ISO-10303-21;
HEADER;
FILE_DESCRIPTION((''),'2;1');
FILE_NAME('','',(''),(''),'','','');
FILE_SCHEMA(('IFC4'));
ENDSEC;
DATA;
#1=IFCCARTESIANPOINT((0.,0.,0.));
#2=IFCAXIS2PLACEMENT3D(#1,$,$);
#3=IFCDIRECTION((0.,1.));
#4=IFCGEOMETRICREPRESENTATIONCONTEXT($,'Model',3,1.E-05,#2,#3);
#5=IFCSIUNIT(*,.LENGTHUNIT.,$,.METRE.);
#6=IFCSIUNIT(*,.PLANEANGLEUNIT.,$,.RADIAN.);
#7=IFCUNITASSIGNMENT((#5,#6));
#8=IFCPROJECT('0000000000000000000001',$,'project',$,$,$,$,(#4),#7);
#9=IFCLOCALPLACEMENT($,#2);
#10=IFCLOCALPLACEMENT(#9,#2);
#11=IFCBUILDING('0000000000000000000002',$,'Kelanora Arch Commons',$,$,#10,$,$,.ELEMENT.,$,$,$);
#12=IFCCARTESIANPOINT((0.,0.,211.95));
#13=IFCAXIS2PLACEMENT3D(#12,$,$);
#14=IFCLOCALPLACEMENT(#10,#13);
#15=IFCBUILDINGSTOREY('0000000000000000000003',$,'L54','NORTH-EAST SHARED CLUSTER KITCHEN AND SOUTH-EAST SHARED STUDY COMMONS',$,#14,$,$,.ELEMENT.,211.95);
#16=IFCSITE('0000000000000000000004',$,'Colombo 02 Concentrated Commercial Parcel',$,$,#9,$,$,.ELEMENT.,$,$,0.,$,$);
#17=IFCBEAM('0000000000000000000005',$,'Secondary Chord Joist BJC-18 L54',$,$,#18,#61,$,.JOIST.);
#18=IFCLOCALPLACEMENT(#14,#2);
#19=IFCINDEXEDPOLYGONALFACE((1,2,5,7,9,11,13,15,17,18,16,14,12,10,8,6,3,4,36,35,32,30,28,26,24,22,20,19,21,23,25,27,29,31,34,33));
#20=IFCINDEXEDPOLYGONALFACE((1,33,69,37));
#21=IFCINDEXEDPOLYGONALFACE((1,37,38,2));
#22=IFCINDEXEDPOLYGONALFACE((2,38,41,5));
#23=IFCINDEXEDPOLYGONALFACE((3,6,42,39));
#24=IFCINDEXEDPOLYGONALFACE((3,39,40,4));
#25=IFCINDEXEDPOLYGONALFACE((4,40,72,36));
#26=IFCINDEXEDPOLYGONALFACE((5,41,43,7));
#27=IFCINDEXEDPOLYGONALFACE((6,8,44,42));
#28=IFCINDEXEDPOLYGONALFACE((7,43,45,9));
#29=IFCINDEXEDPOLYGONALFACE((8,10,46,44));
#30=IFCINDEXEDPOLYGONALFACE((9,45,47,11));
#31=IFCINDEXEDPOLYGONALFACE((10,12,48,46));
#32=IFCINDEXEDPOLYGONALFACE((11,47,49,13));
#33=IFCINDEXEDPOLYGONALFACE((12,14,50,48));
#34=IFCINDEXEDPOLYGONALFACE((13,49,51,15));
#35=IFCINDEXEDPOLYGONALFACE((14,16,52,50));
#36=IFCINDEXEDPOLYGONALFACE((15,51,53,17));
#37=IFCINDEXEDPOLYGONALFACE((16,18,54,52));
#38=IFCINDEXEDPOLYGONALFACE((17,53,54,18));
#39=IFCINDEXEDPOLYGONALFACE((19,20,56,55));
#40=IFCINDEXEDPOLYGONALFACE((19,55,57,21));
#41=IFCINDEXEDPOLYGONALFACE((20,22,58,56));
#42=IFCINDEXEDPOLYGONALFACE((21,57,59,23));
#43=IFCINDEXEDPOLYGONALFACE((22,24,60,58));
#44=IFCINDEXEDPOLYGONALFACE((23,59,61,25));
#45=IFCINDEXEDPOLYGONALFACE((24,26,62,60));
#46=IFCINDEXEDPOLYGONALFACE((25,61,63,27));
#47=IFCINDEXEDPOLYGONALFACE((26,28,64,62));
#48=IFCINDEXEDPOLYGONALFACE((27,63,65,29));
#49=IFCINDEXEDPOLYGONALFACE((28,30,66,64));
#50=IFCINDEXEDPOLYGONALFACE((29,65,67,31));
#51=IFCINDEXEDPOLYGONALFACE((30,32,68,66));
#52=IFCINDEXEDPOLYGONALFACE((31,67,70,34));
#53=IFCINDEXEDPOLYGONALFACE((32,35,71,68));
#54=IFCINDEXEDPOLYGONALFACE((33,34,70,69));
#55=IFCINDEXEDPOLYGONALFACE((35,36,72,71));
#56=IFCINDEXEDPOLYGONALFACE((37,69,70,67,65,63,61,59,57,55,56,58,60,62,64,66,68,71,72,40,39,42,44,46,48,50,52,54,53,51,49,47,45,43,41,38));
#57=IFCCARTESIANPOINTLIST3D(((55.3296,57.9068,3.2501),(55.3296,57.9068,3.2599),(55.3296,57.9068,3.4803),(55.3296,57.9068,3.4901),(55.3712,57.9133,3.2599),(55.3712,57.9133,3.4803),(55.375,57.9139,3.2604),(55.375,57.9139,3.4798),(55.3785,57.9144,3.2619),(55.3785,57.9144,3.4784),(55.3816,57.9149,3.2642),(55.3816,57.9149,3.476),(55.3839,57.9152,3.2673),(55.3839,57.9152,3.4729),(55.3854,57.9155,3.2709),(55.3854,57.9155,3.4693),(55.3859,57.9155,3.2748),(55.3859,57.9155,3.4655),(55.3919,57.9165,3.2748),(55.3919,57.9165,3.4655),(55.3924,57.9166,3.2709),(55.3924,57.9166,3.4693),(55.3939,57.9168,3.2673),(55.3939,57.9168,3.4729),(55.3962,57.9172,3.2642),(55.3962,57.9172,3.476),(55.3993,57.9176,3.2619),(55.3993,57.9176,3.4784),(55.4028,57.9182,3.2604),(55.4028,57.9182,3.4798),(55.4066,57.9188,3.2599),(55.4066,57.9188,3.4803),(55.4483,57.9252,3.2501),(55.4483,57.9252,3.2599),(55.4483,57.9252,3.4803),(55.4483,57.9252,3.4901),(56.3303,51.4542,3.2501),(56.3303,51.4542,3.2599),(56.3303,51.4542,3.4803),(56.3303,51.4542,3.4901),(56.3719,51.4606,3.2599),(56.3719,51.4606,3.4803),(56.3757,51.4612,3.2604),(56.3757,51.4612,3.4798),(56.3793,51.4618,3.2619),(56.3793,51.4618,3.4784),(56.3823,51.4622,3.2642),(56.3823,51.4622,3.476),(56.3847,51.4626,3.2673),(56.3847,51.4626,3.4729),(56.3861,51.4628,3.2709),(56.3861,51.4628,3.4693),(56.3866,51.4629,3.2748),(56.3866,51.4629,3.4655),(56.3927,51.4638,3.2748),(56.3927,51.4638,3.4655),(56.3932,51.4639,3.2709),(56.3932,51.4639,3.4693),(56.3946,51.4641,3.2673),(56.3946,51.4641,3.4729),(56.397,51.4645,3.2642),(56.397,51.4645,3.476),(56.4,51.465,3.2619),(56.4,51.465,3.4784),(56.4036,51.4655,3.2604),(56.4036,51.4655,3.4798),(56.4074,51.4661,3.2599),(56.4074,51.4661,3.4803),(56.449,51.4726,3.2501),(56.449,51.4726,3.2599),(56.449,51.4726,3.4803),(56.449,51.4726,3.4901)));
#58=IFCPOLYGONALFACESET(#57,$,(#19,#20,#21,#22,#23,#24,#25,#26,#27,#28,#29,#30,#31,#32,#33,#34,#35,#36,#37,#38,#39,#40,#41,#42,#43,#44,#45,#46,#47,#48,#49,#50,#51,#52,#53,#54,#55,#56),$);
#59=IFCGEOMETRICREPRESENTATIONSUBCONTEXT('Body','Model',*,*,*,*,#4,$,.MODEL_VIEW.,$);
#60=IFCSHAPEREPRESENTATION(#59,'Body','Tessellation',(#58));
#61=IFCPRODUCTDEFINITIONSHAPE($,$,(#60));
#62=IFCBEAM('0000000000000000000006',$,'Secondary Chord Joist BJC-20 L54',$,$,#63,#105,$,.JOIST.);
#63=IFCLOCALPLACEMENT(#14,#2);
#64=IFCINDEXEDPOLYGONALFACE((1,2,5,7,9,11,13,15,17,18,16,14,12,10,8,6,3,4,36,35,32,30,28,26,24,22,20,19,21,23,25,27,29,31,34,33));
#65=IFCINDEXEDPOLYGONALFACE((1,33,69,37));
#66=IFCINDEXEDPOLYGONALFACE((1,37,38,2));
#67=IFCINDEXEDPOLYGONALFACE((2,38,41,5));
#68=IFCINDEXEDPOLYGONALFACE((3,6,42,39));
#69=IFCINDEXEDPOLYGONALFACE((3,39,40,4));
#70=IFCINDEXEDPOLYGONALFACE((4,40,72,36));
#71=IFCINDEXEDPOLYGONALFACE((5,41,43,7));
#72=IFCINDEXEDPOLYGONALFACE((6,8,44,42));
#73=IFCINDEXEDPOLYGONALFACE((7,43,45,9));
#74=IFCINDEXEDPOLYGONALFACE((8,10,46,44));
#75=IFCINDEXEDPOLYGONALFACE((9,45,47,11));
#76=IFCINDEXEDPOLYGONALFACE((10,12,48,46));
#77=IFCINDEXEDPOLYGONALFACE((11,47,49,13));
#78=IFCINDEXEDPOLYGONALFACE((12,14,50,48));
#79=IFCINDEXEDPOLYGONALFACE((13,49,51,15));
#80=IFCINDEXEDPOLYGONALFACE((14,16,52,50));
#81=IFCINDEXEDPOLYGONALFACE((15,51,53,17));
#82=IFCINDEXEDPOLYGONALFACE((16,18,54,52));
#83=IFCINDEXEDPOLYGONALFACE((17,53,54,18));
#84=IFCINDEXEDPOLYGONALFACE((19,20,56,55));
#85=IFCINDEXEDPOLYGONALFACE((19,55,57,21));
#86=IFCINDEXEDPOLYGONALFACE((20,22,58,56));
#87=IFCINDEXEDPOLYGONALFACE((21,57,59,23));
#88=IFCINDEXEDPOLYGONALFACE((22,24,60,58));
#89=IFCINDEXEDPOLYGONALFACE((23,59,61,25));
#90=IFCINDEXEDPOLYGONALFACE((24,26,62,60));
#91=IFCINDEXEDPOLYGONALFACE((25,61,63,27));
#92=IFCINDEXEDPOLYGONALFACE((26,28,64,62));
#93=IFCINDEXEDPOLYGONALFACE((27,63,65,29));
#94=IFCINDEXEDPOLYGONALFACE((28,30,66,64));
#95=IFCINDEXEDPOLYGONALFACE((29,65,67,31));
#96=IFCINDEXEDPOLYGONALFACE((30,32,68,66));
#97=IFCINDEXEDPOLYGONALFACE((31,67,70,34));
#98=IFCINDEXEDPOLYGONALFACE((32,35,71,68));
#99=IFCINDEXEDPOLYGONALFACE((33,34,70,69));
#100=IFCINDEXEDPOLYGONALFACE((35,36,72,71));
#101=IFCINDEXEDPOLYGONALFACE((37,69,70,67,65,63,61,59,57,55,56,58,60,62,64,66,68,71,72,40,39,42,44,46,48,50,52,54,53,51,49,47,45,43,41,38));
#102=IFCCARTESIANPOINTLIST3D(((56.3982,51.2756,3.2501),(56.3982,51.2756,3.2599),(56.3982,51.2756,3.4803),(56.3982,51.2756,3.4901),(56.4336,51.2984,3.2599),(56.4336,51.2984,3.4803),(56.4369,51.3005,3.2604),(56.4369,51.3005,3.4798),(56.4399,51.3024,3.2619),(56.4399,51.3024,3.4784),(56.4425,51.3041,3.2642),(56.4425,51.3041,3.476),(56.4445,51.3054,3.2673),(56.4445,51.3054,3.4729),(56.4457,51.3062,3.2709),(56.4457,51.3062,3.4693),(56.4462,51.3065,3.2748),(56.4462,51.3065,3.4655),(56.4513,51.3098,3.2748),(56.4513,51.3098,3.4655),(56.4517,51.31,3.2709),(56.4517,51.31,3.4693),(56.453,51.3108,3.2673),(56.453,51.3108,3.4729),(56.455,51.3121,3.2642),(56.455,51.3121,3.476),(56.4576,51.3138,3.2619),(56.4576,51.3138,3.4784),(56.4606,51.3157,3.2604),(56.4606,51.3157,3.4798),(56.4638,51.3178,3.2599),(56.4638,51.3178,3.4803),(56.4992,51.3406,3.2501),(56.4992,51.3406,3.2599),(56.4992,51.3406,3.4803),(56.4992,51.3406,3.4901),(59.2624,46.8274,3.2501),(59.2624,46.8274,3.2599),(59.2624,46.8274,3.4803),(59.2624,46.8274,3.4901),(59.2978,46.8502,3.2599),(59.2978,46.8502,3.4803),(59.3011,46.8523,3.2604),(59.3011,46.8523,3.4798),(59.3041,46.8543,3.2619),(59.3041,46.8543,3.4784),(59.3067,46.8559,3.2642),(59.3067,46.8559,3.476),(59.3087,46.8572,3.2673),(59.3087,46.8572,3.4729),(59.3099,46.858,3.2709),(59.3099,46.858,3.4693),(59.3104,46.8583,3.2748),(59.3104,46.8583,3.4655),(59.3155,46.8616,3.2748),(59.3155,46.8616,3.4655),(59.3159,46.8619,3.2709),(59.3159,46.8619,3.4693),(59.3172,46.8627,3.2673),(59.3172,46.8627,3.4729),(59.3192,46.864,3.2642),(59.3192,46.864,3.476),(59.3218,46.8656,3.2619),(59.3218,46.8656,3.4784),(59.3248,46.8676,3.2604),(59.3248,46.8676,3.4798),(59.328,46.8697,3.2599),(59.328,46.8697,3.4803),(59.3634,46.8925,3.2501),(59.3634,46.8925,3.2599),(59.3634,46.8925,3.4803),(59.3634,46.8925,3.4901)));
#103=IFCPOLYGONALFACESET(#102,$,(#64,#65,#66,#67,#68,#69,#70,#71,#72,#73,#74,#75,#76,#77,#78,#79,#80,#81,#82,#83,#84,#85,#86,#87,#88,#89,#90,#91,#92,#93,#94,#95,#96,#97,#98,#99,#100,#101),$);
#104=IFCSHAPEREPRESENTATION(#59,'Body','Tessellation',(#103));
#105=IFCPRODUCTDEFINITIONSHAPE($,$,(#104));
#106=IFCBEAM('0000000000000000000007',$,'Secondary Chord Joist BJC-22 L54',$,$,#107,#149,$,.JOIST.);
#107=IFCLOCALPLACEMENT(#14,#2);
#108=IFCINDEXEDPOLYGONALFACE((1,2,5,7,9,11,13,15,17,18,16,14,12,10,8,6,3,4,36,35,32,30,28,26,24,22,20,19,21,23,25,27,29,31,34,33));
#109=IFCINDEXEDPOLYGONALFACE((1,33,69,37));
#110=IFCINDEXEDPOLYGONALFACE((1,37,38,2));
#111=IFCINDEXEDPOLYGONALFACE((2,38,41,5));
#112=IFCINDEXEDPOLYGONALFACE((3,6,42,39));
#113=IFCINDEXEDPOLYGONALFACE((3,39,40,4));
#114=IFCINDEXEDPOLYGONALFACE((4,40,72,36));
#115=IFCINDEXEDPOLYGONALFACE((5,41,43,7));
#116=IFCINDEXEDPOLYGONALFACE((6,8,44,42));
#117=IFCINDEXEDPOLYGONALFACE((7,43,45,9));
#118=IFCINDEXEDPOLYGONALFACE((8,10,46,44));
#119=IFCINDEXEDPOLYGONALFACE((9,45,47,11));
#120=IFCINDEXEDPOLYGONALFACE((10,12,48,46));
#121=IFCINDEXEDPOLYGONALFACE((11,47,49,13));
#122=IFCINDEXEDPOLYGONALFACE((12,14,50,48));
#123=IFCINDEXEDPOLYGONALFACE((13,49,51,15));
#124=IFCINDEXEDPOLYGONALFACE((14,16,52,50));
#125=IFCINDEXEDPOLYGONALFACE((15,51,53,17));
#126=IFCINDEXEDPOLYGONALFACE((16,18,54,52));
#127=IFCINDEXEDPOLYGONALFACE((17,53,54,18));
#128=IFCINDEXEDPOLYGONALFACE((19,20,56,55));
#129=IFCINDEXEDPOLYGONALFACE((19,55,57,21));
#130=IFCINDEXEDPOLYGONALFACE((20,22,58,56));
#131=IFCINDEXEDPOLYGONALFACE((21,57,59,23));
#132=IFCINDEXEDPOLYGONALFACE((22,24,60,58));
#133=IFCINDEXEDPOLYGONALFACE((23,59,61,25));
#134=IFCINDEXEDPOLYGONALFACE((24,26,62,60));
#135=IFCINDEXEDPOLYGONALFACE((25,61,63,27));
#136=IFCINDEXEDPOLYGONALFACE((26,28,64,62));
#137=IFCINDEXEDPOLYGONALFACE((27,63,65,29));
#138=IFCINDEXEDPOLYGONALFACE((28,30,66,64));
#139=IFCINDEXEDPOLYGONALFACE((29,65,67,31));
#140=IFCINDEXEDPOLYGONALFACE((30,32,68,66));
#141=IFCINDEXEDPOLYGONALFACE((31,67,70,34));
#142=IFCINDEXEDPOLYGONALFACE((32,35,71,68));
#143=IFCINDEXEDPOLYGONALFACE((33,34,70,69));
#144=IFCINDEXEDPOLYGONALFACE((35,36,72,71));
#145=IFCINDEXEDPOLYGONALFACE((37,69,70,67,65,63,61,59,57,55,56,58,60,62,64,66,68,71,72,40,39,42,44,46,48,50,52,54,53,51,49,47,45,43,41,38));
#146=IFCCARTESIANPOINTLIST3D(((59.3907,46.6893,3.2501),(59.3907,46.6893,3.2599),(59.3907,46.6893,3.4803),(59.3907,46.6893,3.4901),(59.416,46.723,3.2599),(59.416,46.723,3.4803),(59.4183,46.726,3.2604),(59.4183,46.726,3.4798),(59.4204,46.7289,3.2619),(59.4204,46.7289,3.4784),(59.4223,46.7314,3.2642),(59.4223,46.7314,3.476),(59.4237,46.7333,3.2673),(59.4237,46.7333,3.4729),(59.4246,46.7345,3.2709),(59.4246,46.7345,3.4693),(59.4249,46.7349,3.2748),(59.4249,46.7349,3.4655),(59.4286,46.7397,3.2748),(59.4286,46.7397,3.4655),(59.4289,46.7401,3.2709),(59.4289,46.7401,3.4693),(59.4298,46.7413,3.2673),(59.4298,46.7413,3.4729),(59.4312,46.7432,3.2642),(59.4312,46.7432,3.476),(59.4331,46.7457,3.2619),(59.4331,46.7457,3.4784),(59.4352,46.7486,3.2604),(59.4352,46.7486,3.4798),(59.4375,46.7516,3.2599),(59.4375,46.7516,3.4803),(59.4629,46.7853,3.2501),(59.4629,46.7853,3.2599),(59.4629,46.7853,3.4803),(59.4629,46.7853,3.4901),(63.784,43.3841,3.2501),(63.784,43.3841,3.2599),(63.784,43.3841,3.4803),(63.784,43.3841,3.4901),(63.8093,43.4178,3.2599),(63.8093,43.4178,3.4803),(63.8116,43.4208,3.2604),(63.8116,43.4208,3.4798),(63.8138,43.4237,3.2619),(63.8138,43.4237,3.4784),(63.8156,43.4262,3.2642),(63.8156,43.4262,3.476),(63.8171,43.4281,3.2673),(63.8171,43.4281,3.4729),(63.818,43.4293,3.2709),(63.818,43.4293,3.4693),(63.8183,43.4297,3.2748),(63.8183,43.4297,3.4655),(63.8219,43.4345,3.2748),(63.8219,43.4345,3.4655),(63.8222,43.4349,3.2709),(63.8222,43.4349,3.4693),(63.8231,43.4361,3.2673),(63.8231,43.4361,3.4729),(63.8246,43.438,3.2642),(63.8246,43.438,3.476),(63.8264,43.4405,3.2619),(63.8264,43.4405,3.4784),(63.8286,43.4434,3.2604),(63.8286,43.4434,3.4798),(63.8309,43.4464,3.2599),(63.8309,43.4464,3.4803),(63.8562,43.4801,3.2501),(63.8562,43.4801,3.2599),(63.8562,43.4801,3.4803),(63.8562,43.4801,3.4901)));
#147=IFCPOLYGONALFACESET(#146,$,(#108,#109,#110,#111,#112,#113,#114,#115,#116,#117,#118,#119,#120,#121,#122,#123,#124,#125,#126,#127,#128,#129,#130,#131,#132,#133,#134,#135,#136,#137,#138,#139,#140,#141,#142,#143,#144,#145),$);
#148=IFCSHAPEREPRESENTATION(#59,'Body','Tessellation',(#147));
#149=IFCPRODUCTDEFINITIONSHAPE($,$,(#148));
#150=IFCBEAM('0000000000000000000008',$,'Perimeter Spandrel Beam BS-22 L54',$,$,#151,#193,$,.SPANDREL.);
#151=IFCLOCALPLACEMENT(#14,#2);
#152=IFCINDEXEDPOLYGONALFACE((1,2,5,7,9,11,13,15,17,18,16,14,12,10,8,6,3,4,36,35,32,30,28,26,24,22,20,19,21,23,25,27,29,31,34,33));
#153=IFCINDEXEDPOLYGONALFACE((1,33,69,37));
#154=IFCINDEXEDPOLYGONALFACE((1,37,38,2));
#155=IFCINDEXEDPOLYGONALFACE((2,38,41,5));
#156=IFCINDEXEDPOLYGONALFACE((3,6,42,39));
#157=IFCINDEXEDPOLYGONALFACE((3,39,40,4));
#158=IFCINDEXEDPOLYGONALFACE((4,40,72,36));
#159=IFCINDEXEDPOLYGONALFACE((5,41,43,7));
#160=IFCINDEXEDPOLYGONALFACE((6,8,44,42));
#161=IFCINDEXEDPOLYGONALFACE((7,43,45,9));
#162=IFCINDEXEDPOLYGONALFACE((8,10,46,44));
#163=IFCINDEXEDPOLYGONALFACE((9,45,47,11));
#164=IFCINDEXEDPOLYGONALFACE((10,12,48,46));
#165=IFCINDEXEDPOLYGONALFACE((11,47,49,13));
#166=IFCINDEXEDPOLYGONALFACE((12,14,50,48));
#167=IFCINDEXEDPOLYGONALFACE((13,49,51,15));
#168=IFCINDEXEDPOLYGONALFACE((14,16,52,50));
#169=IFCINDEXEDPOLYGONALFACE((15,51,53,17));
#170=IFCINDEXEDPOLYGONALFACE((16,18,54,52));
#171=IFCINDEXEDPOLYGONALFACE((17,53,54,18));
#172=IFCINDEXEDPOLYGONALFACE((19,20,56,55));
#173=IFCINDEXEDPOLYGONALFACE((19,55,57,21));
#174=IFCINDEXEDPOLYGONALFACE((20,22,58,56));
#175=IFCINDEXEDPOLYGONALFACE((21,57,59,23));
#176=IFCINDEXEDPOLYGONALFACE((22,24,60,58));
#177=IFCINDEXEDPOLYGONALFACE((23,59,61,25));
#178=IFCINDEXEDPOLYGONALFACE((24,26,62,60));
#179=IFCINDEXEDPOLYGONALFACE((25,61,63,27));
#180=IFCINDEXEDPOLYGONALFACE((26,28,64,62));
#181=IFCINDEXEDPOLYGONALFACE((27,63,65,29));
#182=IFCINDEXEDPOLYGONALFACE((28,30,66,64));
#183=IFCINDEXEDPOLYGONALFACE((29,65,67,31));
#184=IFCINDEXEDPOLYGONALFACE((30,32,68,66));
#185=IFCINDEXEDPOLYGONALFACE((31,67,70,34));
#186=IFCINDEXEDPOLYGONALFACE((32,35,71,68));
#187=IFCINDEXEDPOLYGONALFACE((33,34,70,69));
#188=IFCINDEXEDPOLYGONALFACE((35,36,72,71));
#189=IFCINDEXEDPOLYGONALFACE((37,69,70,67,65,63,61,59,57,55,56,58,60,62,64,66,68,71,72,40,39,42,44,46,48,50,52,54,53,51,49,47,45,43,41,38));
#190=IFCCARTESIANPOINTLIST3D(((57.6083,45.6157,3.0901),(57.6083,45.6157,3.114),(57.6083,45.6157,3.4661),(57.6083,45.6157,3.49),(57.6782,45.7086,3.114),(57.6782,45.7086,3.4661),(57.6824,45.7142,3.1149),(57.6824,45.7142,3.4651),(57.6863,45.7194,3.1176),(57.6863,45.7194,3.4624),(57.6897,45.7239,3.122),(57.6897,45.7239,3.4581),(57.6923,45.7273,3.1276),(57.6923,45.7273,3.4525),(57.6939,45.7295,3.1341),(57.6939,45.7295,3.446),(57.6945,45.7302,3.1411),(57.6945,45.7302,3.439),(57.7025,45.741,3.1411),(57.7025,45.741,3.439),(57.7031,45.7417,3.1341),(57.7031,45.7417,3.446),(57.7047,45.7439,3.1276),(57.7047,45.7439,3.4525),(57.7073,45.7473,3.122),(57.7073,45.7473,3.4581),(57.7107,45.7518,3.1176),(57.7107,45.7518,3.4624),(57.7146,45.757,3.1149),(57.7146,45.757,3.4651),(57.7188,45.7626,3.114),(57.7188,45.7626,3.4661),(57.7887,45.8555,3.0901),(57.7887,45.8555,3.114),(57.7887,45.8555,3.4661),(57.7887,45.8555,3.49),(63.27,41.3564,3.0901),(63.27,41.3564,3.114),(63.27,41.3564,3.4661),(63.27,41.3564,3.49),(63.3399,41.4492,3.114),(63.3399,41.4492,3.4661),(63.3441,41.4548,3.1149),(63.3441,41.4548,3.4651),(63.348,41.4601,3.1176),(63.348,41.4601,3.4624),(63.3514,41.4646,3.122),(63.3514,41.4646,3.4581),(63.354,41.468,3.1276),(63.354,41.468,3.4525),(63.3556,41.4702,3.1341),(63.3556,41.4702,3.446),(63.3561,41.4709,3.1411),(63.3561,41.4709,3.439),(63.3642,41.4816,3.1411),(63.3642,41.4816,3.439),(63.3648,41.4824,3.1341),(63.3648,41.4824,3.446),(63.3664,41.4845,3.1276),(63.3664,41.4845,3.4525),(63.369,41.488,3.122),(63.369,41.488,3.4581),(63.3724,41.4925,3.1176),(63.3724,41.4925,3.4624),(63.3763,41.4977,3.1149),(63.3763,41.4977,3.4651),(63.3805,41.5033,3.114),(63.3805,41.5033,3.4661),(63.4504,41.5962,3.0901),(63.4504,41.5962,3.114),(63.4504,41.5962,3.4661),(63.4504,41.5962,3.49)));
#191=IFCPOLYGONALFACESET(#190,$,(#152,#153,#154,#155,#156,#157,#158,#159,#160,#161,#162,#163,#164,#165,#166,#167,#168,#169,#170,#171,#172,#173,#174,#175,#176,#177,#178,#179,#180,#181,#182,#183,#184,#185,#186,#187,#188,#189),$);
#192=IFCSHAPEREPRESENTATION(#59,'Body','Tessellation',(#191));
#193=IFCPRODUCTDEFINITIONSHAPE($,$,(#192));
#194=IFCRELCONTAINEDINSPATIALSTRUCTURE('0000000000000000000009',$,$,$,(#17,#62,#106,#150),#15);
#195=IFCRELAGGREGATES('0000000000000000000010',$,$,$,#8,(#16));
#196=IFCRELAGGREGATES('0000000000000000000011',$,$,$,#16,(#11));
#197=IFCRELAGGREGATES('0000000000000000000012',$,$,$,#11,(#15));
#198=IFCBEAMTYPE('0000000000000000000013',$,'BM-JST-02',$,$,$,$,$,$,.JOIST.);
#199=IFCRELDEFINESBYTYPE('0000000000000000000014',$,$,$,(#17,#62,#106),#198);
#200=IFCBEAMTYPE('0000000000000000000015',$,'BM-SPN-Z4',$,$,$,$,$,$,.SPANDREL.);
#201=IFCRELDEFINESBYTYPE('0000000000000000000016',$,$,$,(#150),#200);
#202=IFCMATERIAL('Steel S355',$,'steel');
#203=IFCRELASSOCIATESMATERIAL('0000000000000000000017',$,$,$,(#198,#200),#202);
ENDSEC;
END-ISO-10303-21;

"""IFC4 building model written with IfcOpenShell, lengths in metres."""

from ifc_helpers import new_model, si_unit, direction, frame, origin, origin_2d, place, context, subcontext, project, spatial, i_section, extrude, material, material_profile, profile_set, type_object, element, save


model = new_model("IFC4")

# Units and contexts
model_context = context("Model", 3, precision=1e-05, world=origin(), true_north=direction((0.0, 1.0)))
body_context = subcontext(model_context, "Body", "Model", "MODEL_VIEW")
ifc_project = project(units=[si_unit("LENGTHUNIT", "METRE"), si_unit("PLANEANGLEUNIT", "RADIAN")], contexts=[model_context])

# Site, building, storey
site_placement = place(None, origin())
site = spatial("IfcSite", under=ifc_project, at=site_placement, Name="Colombo 02 Concentrated Commercial Parcel", CompositionType="ELEMENT", RefElevation=0.0)
building_placement = place(site_placement, origin())
building = spatial("IfcBuilding", under=site, at=building_placement, Name="Kelanora Arch Commons", CompositionType="ELEMENT")
storey_placement = place(building_placement, frame((0.0, 0.0, 211.95)))
storey = spatial("IfcBuildingStorey", under=building, at=storey_placement, Name="L54", Description="NORTH-EAST SHARED CLUSTER KITCHEN AND SOUTH-EAST SHARED STUDY COMMONS", CompositionType="ELEMENT", Elevation=211.95)

# Beams
ifc_material_1 = material(Name="Steel S355", Category="steel")
ifc_material_profile_1 = material_profile(ifc_material_1, i_section(OverallWidth=0.1201, OverallDepth=0.24, WebThickness=0.0061, FlangeThickness=0.0098, FilletRadius=0.0149, at=origin_2d()), Name="IPE240")
ifc_profile_set_1 = profile_set([ifc_material_profile_1], Name="Steel S355")
beam_type_1 = type_object("IfcBeamType", Name="BM-JST-02", PredefinedType="JOIST", material=ifc_profile_set_1)
beam_1_placement = place(storey_placement, frame((55.3889, 57.916, 3.3701), z_axis=(0.153257, -0.988186, 0.0), x_axis=(0.988186, 0.153257, 0.0)))
element("IfcBeam", 1, at=beam_1_placement, inside=storey, type_object=beam_type_1, Name="Secondary Chord Joist BJC-18 L54", PredefinedType="JOIST", context=body_context, shape_type="SweptSolid", body=[
    extrude(i_section(OverallWidth=0.1201, OverallDepth=0.24, WebThickness=0.0061, FlangeThickness=0.0098, FilletRadius=0.0149, at=origin_2d()), origin(), (0.0, 0.0, 1.0), 6.5298),
])
beam_2_placement = place(storey_placement, frame((56.4487, 51.3081, 3.3701), z_axis=(0.541382, -0.840776, 0.0), x_axis=(0.840776, 0.541382, 0.0)))
element("IfcBeam", 2, at=beam_2_placement, inside=storey, type_object=beam_type_1, Name="Secondary Chord Joist BJC-20 L54", PredefinedType="JOIST", context=body_context, shape_type="SweptSolid", body=[
    extrude(i_section(OverallWidth=0.1201, OverallDepth=0.24, WebThickness=0.0061, FlangeThickness=0.0098, FilletRadius=0.0149, at=origin_2d()), origin(), (0.0, 0.0, 1.0), 5.2905),
])
beam_3_placement = place(storey_placement, frame((59.4268, 46.7373, 3.3701), z_axis=(0.799109, -0.601186, 0.0), x_axis=(0.601186, 0.799109, 0.0)))
element("IfcBeam", 3, at=beam_3_placement, inside=storey, type_object=beam_type_1, Name="Secondary Chord Joist BJC-22 L54", PredefinedType="JOIST", context=body_context, shape_type="SweptSolid", body=[
    extrude(i_section(OverallWidth=0.1201, OverallDepth=0.24, WebThickness=0.0061, FlangeThickness=0.0098, FilletRadius=0.0149, at=origin_2d()), origin(), (0.0, 0.0, 1.0), 5.4978),
])
ifc_material_profile_2 = material_profile(ifc_material_1, i_section(OverallWidth=0.3, OverallDepth=0.3999, WebThickness=0.0134, FlangeThickness=0.0239, FilletRadius=0.0271, at=origin_2d()), Name="HEB400")
ifc_profile_set_2 = profile_set([ifc_material_profile_2], Name="Steel S355")
beam_type_2 = type_object("IfcBeamType", Name="BM-SPN-Z4", PredefinedType="SPANDREL", material=ifc_profile_set_2)
beam_4_placement = place(storey_placement, frame((57.6985, 45.7356, 3.29), z_axis=(0.799114, -0.601179, 0.0), x_axis=(0.601179, 0.799114, 0.0)))
element("IfcBeam", 4, at=beam_4_placement, inside=storey, type_object=beam_type_2, Name="Perimeter Spandrel Beam BS-22 L54", PredefinedType="SPANDREL", context=body_context, shape_type="SweptSolid", body=[
    extrude(i_section(OverallWidth=0.3, OverallDepth=0.3999, WebThickness=0.0134, FlangeThickness=0.0239, FilletRadius=0.0271, at=origin_2d()), origin(), (0.0, 0.0, 1.0), 7.085),
])

save(model, "model.ifc")
